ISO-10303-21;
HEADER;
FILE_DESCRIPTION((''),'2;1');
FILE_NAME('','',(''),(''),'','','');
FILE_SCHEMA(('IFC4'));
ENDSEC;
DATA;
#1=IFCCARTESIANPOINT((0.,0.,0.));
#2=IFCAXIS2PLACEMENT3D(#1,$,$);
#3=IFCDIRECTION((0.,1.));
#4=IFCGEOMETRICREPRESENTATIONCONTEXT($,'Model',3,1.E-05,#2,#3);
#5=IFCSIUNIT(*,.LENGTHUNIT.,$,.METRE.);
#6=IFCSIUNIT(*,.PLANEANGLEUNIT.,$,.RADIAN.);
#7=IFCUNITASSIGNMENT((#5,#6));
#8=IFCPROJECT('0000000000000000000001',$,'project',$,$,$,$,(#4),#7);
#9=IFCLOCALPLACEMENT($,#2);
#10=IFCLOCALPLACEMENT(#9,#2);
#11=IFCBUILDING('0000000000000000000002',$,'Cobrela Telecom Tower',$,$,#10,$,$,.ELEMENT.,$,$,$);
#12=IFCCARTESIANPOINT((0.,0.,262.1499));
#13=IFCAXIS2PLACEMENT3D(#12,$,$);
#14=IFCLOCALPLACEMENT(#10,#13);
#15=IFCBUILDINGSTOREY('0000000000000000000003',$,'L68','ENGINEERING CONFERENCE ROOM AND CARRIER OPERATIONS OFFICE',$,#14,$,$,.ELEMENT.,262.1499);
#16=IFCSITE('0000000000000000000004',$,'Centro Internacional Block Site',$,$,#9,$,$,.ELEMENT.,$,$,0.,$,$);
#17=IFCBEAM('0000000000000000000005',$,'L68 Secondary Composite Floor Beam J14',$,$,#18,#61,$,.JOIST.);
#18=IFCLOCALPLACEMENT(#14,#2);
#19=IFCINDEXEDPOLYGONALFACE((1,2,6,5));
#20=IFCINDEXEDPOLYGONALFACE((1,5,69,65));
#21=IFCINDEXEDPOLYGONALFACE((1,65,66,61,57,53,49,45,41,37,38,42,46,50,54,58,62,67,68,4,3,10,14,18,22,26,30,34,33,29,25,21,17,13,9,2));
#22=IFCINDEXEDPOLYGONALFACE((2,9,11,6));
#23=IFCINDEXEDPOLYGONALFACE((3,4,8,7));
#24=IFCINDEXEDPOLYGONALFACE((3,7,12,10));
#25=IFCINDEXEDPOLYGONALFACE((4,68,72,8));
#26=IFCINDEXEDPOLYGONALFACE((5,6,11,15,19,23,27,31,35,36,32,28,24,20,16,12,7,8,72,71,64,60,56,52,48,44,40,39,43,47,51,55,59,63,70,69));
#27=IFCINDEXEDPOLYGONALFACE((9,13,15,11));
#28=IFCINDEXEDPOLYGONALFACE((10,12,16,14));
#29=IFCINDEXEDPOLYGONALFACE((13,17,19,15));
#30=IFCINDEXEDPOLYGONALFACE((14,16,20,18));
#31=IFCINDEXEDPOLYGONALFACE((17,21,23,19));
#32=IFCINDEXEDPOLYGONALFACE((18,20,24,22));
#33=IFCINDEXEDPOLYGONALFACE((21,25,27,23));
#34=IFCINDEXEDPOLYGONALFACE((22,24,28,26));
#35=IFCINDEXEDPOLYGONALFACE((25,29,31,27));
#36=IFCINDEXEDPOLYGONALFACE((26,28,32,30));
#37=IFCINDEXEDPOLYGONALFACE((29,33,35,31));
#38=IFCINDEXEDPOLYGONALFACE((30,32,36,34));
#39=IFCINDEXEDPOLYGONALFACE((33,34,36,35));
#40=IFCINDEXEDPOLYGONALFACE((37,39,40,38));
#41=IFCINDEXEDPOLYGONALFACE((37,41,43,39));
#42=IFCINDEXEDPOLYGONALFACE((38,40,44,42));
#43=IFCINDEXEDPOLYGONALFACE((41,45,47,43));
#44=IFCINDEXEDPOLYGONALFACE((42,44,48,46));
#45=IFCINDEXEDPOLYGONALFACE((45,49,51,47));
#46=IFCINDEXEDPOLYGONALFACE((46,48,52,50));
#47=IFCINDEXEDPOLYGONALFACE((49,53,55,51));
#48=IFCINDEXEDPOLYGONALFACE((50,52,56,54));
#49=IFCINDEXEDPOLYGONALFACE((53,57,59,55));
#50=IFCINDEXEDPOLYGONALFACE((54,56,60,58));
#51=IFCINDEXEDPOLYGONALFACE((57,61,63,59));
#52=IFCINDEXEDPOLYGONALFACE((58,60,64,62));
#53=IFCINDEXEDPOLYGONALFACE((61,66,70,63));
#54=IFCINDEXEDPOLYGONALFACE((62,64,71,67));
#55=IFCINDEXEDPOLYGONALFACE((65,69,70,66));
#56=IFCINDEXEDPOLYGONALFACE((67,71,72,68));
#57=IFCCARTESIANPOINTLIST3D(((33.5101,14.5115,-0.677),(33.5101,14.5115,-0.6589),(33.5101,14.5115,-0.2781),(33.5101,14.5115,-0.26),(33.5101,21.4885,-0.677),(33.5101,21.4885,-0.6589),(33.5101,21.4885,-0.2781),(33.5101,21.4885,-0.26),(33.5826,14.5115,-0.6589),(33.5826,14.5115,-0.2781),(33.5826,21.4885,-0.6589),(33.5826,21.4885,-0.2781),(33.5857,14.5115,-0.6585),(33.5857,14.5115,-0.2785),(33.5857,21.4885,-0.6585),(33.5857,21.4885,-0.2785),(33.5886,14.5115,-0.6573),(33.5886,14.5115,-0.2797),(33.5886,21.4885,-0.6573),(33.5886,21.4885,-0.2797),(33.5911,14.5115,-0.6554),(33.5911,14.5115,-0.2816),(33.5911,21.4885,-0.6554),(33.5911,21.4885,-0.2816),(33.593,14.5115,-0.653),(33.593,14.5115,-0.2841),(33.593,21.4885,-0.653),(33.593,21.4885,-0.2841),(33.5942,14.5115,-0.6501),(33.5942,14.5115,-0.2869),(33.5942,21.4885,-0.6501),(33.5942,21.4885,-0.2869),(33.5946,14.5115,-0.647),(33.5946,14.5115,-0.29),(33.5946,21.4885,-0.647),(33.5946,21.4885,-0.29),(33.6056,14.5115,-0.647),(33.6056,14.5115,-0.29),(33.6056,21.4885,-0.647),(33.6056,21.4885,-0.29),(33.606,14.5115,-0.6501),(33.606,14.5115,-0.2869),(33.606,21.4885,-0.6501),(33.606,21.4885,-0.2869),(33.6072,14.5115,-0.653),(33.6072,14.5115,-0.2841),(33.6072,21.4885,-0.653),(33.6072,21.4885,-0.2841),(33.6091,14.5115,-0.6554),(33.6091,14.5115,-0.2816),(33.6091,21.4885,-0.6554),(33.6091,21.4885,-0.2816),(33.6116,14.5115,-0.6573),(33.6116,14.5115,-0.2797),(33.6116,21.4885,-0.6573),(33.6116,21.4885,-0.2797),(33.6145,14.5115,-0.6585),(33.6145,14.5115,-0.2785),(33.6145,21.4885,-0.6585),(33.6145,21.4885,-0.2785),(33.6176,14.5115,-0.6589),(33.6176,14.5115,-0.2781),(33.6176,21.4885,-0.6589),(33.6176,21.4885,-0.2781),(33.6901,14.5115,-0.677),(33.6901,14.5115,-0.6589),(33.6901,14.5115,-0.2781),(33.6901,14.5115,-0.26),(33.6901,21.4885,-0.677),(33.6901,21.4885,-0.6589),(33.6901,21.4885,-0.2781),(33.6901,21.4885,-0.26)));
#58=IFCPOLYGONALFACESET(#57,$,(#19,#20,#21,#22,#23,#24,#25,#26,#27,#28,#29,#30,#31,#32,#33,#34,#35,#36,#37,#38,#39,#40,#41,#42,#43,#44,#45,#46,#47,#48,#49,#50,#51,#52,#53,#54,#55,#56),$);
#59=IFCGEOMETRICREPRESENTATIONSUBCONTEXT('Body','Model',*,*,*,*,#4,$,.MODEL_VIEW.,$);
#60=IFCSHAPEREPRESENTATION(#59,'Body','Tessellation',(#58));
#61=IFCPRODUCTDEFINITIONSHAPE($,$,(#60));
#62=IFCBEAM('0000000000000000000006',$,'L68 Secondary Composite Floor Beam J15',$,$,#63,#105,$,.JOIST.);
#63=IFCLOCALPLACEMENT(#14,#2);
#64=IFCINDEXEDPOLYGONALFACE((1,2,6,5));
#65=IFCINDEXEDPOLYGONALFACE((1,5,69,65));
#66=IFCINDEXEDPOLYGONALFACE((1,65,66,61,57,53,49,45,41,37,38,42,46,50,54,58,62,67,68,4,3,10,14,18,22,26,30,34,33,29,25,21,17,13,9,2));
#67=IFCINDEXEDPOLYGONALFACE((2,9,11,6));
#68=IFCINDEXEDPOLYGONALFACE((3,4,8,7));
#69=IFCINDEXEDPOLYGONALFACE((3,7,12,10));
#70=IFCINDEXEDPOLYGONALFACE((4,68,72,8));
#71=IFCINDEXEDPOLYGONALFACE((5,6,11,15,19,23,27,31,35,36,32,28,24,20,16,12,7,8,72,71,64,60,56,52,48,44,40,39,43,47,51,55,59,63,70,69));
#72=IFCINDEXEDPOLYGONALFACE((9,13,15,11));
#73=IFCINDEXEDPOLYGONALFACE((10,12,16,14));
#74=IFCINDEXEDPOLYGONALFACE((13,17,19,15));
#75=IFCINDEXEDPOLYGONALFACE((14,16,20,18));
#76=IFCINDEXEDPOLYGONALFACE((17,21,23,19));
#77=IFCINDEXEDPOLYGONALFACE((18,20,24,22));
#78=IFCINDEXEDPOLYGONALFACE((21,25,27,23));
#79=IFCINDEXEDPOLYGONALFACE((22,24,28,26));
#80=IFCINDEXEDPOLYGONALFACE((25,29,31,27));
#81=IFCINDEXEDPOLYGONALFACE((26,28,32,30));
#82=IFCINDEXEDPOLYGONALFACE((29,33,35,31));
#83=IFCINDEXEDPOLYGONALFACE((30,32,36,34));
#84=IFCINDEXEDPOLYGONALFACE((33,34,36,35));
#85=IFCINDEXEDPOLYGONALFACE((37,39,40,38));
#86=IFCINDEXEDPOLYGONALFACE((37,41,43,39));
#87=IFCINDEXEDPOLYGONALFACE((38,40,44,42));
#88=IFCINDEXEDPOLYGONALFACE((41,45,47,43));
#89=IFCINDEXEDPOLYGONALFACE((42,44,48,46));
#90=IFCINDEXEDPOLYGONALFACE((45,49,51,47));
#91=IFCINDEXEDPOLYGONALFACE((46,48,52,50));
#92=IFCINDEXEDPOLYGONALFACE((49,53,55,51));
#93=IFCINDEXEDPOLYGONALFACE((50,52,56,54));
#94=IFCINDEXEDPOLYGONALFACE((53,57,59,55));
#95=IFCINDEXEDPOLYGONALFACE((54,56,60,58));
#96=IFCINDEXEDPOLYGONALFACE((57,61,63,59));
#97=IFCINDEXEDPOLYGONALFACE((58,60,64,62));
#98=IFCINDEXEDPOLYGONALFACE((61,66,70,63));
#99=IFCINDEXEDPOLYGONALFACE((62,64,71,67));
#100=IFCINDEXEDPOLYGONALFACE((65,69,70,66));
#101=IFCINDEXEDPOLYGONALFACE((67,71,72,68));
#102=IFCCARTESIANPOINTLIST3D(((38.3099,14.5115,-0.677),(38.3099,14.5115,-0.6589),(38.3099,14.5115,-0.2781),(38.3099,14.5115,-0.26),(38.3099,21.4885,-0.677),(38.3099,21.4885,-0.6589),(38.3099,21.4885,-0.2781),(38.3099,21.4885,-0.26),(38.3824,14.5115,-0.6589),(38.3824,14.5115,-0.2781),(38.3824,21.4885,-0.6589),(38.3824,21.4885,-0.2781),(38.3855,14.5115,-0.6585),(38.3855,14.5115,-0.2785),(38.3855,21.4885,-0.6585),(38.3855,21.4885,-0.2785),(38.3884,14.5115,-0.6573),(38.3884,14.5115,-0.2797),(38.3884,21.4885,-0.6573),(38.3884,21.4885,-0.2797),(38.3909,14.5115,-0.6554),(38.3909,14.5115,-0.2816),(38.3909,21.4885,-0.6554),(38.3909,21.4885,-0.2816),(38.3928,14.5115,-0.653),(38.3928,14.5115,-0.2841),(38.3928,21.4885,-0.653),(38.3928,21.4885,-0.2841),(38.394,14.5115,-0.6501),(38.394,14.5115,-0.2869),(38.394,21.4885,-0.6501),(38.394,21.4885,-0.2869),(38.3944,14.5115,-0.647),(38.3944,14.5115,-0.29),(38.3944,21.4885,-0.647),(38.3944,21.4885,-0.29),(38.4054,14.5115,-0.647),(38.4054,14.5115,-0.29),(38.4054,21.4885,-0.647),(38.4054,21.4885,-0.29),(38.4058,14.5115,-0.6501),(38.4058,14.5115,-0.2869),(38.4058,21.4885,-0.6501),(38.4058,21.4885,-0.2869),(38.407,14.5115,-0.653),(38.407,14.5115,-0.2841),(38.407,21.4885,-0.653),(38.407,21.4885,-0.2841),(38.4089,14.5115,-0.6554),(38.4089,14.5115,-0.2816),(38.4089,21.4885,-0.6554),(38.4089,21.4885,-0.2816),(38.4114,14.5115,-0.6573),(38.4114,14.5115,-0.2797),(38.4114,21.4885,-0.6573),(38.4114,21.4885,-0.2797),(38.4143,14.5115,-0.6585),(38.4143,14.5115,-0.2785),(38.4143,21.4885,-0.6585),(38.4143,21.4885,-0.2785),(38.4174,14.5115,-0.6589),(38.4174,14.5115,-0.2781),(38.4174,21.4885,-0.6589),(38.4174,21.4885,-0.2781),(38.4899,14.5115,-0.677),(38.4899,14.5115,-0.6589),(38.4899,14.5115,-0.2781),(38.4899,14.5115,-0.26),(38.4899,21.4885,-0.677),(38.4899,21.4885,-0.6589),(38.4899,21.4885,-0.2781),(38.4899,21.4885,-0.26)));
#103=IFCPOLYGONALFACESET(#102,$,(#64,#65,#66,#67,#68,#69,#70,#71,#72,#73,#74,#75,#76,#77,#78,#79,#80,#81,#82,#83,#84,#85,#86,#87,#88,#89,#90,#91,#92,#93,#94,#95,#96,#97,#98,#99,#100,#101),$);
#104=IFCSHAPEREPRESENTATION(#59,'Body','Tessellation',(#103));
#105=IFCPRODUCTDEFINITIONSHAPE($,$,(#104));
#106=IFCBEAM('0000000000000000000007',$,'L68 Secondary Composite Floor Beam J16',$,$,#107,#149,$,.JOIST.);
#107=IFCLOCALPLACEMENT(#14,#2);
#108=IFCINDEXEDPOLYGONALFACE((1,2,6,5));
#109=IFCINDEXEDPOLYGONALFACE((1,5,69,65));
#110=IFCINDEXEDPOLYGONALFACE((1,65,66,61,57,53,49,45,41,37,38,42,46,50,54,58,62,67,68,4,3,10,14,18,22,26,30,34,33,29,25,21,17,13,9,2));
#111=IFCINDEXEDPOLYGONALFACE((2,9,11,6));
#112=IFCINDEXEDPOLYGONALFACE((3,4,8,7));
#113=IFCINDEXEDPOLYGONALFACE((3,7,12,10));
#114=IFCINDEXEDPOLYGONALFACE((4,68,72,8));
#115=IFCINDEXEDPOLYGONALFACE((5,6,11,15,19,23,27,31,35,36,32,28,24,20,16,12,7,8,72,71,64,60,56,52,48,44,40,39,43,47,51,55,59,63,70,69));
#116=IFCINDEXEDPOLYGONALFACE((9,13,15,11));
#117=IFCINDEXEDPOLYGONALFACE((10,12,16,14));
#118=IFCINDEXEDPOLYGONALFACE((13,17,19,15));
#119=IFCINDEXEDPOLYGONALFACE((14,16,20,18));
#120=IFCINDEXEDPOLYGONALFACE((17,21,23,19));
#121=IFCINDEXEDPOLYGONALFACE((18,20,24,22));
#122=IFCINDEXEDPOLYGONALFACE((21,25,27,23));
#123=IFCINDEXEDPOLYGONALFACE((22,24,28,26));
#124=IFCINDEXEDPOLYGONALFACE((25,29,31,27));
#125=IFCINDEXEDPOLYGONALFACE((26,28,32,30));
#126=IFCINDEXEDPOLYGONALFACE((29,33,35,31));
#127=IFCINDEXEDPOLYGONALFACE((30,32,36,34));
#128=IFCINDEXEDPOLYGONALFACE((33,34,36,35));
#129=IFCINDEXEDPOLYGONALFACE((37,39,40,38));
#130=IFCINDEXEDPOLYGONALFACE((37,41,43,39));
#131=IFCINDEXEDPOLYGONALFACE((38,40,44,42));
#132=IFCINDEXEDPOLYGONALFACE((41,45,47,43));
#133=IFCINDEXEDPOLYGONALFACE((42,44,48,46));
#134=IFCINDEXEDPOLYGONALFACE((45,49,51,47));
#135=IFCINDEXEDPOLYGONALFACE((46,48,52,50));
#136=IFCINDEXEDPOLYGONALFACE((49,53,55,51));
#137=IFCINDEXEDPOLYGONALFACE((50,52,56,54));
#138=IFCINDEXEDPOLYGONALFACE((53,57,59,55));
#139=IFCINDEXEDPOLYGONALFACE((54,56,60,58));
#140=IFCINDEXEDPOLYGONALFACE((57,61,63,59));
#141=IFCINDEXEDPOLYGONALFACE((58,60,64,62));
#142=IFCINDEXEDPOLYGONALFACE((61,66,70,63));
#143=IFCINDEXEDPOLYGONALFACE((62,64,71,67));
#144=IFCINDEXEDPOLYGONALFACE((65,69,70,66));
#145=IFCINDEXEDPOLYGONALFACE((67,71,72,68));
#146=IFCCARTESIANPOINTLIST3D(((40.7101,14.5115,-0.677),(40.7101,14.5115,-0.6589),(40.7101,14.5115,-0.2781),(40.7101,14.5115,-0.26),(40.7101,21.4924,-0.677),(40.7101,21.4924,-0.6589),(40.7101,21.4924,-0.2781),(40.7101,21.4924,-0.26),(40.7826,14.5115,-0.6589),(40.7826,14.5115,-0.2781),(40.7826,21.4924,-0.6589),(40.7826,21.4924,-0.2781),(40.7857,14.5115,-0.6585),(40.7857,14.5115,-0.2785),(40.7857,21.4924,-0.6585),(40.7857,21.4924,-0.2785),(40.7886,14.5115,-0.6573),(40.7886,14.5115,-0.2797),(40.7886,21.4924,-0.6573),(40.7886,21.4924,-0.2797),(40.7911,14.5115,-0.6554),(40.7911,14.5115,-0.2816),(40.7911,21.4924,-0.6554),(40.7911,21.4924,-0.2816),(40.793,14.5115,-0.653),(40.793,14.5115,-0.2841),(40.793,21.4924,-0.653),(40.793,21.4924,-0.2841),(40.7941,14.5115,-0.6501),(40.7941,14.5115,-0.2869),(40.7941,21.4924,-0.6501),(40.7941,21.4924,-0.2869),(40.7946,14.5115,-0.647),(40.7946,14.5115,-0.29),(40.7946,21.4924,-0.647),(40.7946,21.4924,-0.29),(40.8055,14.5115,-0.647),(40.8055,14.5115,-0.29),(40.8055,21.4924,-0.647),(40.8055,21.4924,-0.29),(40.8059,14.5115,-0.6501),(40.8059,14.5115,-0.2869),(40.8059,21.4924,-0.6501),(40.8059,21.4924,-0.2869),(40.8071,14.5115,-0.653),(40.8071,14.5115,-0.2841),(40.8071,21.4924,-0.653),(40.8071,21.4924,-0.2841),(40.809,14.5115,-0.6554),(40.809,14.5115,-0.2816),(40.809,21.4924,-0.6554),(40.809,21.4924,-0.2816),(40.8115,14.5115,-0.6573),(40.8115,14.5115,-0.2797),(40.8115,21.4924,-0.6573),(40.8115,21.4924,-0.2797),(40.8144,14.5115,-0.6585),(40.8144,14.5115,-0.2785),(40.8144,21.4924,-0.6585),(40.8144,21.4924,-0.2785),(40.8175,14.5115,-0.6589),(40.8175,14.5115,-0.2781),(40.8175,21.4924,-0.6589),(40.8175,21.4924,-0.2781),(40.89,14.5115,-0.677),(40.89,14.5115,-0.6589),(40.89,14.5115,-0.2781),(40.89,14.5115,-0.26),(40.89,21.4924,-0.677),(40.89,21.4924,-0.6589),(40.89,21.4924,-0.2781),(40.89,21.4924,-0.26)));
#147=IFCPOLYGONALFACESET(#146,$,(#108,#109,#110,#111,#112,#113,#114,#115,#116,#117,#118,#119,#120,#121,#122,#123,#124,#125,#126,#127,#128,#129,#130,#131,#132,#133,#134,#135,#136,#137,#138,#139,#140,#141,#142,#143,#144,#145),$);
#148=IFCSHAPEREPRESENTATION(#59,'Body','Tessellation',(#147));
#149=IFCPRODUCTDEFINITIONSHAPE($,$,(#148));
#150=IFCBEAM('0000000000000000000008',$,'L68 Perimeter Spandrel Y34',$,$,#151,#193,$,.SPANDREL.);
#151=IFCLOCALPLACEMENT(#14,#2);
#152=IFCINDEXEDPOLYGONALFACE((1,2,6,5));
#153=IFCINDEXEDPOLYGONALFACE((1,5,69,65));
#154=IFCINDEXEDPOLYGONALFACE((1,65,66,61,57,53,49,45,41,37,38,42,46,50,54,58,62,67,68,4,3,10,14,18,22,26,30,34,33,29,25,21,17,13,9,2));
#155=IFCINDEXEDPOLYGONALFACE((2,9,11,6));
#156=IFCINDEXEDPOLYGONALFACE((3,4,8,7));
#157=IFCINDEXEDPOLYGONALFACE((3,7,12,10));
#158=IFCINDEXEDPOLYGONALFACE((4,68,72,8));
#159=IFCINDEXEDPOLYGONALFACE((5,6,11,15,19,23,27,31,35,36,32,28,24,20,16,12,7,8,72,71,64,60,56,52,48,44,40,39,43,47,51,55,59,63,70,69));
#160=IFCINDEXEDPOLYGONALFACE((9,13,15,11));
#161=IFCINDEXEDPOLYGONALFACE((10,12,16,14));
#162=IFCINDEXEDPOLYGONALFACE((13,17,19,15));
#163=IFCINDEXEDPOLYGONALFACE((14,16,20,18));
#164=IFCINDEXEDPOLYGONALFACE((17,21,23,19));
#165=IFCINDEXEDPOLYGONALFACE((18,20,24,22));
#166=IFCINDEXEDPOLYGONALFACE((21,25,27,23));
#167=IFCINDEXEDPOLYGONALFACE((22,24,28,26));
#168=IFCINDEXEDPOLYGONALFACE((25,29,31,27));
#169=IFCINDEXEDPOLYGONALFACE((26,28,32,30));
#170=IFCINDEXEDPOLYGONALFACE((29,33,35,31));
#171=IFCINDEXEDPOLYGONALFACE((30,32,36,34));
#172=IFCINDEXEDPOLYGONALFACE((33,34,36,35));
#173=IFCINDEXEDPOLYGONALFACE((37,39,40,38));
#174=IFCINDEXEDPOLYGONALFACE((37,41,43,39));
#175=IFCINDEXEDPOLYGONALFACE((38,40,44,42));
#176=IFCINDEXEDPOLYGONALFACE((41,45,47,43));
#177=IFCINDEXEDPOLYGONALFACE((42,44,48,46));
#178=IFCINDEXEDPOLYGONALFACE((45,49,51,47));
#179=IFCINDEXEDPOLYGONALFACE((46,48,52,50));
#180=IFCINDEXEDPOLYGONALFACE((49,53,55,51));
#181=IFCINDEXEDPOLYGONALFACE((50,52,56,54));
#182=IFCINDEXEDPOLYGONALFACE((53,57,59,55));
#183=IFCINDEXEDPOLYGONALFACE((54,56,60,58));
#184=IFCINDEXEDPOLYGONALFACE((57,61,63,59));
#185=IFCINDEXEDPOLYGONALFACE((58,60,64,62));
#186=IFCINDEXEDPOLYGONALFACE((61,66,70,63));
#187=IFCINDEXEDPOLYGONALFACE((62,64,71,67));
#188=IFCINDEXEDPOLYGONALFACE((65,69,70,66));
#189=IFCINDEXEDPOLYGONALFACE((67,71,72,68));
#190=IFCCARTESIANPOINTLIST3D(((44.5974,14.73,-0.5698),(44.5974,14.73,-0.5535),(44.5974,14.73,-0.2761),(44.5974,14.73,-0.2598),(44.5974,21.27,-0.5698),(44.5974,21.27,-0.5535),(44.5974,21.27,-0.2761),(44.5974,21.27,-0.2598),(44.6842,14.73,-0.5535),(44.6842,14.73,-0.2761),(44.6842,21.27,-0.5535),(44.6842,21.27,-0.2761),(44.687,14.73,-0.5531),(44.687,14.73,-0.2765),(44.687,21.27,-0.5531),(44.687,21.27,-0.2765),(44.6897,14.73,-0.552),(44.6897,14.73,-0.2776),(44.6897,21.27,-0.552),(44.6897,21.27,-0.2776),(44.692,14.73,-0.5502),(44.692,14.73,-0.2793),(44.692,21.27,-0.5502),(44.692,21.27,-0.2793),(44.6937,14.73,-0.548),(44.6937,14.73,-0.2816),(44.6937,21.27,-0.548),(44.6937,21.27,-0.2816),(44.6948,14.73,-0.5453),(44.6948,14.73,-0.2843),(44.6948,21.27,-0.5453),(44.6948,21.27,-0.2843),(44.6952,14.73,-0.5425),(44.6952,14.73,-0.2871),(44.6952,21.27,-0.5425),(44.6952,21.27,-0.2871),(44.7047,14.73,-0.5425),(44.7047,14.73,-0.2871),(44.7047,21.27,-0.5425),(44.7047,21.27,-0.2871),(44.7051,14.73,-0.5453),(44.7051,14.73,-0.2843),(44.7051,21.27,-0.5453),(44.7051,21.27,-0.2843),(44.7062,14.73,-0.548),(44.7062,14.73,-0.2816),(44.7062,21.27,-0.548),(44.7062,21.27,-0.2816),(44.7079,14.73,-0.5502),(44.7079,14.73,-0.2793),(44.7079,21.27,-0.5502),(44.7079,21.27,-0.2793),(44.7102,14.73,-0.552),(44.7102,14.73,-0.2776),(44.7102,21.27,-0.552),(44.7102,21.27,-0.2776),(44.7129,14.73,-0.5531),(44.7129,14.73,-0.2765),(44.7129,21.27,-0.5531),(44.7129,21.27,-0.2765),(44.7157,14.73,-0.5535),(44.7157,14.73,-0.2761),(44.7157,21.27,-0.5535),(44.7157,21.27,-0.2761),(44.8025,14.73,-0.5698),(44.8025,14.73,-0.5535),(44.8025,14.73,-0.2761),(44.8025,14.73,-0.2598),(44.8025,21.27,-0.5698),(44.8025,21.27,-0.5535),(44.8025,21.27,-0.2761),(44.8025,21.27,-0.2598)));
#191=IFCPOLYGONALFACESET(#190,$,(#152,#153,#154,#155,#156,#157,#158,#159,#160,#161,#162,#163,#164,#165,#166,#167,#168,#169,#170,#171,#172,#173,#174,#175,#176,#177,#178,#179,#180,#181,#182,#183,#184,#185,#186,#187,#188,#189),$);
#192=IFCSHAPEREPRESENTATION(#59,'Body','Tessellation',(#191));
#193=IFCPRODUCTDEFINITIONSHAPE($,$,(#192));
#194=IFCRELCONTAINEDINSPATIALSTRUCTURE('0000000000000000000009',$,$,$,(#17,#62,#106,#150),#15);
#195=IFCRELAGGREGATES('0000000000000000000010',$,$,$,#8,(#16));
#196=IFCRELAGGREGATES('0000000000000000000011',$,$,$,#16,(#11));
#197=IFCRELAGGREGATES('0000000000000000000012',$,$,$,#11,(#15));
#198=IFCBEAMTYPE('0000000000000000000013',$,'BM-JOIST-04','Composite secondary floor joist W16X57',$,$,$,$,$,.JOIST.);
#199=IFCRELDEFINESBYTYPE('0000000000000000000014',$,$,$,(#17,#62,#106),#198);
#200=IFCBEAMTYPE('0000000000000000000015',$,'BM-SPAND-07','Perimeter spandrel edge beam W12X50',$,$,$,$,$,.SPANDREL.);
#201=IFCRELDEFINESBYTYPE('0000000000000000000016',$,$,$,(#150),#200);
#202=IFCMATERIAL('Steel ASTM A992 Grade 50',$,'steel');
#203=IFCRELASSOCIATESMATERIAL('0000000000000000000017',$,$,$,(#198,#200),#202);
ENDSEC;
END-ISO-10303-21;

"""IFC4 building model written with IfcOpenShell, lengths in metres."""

from ifc_helpers import new_model, si_unit, direction, frame, origin, origin_2d, place, context, subcontext, project, spatial, i_section, extrude, material, material_profile, profile_set, type_object, element, save


model = new_model("IFC4")

# Units and contexts
model_context = context("Model", 3, precision=1e-05, world=origin(), true_north=direction((0.0, 1.0)))
body_context = subcontext(model_context, "Body", "Model", "MODEL_VIEW")
ifc_project = project(units=[si_unit("LENGTHUNIT", "METRE"), si_unit("PLANEANGLEUNIT", "RADIAN")], contexts=[model_context])

# Site, building, storey
site_placement = place(None, origin())
site = spatial("IfcSite", under=ifc_project, at=site_placement, Name="Centro Internacional Block Site", CompositionType="ELEMENT", RefElevation=0.0)
building_placement = place(site_placement, origin())
building = spatial("IfcBuilding", under=site, at=building_placement, Name="Cobrela Telecom Tower", CompositionType="ELEMENT")
storey_placement = place(building_placement, frame((0.0, 0.0, 262.1499)))
storey = spatial("IfcBuildingStorey", under=building, at=storey_placement, Name="L68", Description="ENGINEERING CONFERENCE ROOM AND CARRIER OPERATIONS OFFICE", CompositionType="ELEMENT", Elevation=262.1499)

# Shared definitions
ifc_material_1 = material(Name="Steel ASTM A992 Grade 50", Category="steel")

# Beams
ifc_material_profile_1 = material_profile(ifc_material_1, i_section(OverallWidth=0.1799, OverallDepth=0.417, WebThickness=0.011, FlangeThickness=0.0181, FilletRadius=0.012, at=origin_2d()), Name="W16X57")
ifc_profile_set_1 = profile_set([ifc_material_profile_1], Name="Steel ASTM A992 Grade 50")
beam_type_1 = type_object("IfcBeamType", Name="BM-JOIST-04", Description="Composite secondary floor joist W16X57", PredefinedType="JOIST", material=ifc_profile_set_1)
for number, where, z_axis, x_axis, name in (
    (1, (33.6001, 14.5115, -0.4685), (0.0, 1.0, 0.0), (-1.0, 0.0, 0.0), "L68 Secondary Composite Floor Beam J14"),
    (2, (38.3999, 14.5115, -0.4685), (0.0, 1.0, 0.0), (-1.0, 0.0, 0.0), "L68 Secondary Composite Floor Beam J15"),
):
    element("IfcBeam", number, at=place(storey_placement, frame(where, z_axis=z_axis, x_axis=x_axis)), inside=storey, type_object=beam_type_1, Name=name, PredefinedType="JOIST", context=body_context, shape_type="SweptSolid", body=[
        extrude(i_section(OverallWidth=0.1799, OverallDepth=0.417, WebThickness=0.011, FlangeThickness=0.0181, FilletRadius=0.012, at=origin_2d()), origin(), (0.0, 0.0, 1.0), 6.9771),
    ])
beam_1_placement = place(storey_placement, frame((40.8, 14.5115, -0.4685), z_axis=(0.0, 1.0, 0.0), x_axis=(-1.0, 0.0, 0.0)))
element("IfcBeam", 3, at=beam_1_placement, inside=storey, type_object=beam_type_1, Name="L68 Secondary Composite Floor Beam J16", PredefinedType="JOIST", context=body_context, shape_type="SweptSolid", body=[
    extrude(i_section(OverallWidth=0.1799, OverallDepth=0.417, WebThickness=0.011, FlangeThickness=0.0181, FilletRadius=0.012, at=origin_2d()), origin(), (0.0, 0.0, 1.0), 6.981),
])
ifc_material_profile_2 = material_profile(ifc_material_1, i_section(OverallWidth=0.2051, OverallDepth=0.3101, WebThickness=0.0095, FlangeThickness=0.0164, FilletRadius=0.011, at=origin_2d()), Name="W12X50")
ifc_profile_set_2 = profile_set([ifc_material_profile_2], Name="Steel ASTM A992 Grade 50")
beam_type_2 = type_object("IfcBeamType", Name="BM-SPAND-07", Description="Perimeter spandrel edge beam W12X50", PredefinedType="SPANDREL", material=ifc_profile_set_2)
beam_2_placement = place(storey_placement, frame((44.7, 14.73, -0.4148), z_axis=(0.0, 1.0, 0.0), x_axis=(-1.0, 0.0, 0.0)))
element("IfcBeam", 4, at=beam_2_placement, inside=storey, type_object=beam_type_2, Name="L68 Perimeter Spandrel Y34", PredefinedType="SPANDREL", context=body_context, shape_type="SweptSolid", body=[
    extrude(i_section(OverallWidth=0.2051, OverallDepth=0.3101, WebThickness=0.0095, FlangeThickness=0.0164, FilletRadius=0.011, at=origin_2d()), origin(), (0.0, 0.0, 1.0), 6.54),
])

save(model, "model.ifc")
